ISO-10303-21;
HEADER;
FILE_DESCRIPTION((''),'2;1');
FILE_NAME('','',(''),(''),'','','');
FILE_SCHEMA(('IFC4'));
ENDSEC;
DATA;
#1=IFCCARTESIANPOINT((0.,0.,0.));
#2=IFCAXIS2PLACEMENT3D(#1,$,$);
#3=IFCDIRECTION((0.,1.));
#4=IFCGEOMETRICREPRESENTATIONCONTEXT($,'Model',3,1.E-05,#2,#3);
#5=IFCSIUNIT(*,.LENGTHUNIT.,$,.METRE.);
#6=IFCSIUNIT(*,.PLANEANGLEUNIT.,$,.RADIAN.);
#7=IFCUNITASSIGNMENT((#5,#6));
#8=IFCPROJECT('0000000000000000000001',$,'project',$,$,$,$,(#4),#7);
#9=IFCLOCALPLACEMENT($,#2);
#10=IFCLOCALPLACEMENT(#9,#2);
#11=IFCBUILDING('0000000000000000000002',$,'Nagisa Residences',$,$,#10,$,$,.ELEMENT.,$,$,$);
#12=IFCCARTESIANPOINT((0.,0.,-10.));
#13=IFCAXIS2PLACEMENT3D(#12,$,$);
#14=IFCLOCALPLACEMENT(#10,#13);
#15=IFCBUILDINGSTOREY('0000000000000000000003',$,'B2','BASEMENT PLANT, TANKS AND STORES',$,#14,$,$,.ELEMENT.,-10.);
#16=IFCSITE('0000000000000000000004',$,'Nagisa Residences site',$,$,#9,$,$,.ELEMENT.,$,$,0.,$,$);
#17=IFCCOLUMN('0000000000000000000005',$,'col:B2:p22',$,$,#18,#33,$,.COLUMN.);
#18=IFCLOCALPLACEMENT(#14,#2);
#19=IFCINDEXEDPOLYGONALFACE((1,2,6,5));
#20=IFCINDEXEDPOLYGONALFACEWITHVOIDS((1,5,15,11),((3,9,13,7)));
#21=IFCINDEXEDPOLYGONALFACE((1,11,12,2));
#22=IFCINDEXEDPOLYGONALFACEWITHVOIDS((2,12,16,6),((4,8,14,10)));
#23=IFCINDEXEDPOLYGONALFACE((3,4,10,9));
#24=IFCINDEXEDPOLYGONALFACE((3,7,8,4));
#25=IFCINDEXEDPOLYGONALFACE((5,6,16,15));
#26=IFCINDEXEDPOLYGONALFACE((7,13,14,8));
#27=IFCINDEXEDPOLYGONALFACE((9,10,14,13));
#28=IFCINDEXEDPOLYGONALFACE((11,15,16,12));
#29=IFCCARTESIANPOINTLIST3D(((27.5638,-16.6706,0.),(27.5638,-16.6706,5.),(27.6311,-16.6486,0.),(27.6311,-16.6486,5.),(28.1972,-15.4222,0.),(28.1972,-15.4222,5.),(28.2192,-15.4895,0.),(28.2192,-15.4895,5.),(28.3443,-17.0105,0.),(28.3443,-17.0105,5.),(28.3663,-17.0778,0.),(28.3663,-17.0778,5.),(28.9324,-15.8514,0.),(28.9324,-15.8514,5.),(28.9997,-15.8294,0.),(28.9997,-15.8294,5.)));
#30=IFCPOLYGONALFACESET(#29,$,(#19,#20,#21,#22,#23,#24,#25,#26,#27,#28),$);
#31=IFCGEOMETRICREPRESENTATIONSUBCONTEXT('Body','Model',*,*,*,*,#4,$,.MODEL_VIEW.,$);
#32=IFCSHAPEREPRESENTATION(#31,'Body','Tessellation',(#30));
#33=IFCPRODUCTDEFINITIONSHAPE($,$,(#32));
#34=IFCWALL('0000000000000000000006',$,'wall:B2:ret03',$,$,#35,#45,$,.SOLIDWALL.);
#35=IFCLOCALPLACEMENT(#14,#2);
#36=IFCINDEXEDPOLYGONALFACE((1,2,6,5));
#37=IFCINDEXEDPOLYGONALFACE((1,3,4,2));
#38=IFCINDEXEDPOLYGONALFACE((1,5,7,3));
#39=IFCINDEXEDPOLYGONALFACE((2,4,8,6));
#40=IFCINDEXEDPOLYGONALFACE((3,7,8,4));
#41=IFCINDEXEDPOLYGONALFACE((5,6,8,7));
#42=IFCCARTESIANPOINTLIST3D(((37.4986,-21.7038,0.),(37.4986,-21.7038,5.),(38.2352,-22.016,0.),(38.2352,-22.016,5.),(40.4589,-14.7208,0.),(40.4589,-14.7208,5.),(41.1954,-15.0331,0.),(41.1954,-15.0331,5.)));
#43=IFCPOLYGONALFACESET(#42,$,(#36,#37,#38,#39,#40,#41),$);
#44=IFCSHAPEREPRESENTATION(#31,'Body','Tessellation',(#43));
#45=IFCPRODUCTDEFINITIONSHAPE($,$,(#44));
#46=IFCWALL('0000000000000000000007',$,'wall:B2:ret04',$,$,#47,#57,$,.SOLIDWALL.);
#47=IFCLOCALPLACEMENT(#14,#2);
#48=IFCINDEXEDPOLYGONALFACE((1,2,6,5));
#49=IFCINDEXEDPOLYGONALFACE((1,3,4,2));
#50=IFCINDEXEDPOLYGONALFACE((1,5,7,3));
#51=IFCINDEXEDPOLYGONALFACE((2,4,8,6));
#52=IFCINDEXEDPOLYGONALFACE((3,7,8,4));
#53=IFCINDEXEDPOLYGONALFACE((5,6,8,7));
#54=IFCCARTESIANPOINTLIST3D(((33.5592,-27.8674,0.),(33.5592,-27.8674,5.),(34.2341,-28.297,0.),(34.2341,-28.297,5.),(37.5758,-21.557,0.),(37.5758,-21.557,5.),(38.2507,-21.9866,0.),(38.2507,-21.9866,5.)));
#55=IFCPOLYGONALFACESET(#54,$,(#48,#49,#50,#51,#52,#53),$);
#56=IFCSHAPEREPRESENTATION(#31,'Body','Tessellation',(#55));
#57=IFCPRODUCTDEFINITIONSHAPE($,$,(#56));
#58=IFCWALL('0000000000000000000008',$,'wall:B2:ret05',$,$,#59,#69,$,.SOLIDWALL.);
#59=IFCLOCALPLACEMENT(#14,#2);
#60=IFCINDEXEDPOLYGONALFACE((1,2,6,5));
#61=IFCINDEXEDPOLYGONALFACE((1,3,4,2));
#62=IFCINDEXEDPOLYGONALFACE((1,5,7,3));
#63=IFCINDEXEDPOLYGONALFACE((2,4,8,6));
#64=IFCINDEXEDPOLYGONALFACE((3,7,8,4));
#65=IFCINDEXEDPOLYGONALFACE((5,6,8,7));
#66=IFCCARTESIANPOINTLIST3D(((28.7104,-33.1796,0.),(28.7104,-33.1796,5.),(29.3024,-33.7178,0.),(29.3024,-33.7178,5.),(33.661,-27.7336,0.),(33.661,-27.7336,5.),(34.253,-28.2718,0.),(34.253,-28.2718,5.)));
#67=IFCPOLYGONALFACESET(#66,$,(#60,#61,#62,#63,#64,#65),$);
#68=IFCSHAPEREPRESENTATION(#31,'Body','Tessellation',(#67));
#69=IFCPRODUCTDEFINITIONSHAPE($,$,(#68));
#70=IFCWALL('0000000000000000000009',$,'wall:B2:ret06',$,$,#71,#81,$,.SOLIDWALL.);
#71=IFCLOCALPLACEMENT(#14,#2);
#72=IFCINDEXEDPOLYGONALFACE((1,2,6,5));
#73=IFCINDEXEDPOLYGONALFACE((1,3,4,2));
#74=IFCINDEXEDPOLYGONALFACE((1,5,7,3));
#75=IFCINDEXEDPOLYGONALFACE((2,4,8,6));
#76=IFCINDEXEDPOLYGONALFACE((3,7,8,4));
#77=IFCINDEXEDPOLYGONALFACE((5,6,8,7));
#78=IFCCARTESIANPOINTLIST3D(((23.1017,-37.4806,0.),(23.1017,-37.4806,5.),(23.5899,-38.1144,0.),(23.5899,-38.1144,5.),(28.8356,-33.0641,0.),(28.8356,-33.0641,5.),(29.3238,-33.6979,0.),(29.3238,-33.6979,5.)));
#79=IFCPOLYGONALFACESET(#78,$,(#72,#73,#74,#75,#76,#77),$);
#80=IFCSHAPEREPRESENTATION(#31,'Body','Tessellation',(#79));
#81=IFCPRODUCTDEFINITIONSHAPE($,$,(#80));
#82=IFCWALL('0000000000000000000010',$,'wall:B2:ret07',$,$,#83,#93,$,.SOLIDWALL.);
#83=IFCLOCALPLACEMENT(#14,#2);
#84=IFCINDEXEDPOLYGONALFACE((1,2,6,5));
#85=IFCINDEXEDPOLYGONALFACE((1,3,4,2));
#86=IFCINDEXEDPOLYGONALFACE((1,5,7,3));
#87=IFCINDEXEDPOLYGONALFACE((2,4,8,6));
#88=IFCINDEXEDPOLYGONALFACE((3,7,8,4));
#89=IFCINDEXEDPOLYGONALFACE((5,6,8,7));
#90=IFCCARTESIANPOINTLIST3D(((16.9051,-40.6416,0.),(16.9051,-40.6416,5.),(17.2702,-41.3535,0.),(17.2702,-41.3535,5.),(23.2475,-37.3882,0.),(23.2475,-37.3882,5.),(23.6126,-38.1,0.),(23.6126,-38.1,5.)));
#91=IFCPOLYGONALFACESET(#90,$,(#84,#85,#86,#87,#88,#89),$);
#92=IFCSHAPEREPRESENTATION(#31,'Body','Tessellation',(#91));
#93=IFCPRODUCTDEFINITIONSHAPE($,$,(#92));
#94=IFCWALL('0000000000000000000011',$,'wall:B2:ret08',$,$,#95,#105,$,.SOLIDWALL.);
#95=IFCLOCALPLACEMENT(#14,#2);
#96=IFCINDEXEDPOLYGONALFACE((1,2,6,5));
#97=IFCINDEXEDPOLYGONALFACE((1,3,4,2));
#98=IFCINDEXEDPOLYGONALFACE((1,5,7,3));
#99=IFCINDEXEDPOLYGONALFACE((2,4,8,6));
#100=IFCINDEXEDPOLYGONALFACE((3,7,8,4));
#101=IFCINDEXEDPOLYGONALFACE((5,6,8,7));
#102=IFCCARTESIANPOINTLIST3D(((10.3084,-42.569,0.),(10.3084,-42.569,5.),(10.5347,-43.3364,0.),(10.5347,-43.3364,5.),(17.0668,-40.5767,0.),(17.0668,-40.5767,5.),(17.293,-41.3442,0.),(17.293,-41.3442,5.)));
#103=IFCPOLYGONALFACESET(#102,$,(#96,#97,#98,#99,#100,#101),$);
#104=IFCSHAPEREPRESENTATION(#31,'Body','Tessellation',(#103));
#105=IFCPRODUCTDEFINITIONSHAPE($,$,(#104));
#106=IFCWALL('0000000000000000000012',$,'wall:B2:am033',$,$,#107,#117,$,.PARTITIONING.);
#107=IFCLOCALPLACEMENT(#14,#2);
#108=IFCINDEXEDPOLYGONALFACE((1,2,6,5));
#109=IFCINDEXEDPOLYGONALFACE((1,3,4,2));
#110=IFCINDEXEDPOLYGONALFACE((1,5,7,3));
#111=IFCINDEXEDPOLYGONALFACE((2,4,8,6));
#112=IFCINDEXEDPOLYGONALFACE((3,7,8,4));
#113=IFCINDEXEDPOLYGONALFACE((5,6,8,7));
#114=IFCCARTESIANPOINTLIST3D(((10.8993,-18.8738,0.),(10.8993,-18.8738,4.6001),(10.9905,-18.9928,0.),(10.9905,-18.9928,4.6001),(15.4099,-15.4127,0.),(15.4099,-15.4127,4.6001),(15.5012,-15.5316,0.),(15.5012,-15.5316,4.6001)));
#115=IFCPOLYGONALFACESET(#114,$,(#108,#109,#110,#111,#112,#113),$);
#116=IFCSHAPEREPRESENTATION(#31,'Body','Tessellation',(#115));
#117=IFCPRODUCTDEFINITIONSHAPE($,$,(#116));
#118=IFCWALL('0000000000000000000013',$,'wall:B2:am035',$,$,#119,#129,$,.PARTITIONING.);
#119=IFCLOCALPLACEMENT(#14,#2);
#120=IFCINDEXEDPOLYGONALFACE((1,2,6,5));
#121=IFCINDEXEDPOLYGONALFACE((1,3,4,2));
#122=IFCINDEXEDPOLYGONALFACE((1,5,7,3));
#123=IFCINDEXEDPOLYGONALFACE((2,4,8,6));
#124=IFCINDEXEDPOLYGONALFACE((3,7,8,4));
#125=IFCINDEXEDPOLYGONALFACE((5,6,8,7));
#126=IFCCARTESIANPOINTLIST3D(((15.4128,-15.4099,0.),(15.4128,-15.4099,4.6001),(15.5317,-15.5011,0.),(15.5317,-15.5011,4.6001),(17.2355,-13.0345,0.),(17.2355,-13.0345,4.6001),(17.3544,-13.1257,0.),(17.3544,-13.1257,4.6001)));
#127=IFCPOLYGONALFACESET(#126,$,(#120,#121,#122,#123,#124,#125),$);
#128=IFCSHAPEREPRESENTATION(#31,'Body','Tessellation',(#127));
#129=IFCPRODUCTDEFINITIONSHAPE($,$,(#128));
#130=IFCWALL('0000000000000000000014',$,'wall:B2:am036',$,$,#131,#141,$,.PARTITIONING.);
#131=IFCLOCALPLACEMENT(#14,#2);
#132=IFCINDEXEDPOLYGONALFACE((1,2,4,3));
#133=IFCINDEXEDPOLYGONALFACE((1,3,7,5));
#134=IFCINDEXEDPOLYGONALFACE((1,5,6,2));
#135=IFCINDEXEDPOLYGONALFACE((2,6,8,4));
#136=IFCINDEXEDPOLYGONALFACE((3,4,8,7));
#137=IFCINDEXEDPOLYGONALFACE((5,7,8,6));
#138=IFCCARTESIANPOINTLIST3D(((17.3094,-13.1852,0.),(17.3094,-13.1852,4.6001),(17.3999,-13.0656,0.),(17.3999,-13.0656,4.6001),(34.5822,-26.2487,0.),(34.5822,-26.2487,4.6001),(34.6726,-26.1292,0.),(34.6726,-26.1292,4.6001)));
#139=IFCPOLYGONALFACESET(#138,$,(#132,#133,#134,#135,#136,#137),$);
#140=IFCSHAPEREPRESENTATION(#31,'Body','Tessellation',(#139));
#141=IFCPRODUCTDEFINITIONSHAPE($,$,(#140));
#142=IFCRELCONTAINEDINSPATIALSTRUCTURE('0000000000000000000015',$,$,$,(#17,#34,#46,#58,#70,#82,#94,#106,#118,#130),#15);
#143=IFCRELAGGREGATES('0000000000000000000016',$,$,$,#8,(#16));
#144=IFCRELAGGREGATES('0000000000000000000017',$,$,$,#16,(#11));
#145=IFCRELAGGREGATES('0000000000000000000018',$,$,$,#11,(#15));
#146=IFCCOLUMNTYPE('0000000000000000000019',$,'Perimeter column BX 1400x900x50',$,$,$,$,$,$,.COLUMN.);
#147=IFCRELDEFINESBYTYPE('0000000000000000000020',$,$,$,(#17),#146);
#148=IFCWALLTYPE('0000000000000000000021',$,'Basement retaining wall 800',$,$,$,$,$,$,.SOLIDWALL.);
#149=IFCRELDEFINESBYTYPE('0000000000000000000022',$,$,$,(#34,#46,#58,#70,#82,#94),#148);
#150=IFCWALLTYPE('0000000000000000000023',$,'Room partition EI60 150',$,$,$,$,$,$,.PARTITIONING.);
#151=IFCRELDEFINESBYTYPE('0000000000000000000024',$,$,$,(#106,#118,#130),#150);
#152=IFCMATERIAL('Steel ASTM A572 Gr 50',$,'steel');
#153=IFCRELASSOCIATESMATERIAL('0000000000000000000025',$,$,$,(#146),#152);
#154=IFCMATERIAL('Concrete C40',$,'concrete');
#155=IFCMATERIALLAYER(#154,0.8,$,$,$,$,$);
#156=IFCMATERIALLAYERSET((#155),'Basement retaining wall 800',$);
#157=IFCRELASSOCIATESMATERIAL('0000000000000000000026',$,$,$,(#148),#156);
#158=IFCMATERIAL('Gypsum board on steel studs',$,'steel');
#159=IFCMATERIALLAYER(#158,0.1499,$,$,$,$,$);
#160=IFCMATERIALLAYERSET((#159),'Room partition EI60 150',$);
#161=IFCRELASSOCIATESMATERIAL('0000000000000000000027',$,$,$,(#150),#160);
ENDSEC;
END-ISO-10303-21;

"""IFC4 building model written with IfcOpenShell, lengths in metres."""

from ifc_helpers import new_model, si_unit, direction, frame, frame_2d, origin, origin_2d, place, context, subcontext, project, spatial, rectangle, hollow_rectangle, extrude, material, layer, layer_set, material_profile, profile_set, type_object, element, save


model = new_model("IFC4")

# Units and contexts
model_context = context("Model", 3, precision=1e-05, world=origin(), true_north=direction((0.0, 1.0)))
body_context = subcontext(model_context, "Body", "Model", "MODEL_VIEW")
ifc_project = project(units=[si_unit("LENGTHUNIT", "METRE"), si_unit("PLANEANGLEUNIT", "RADIAN")], contexts=[model_context])

# Site, building, storey
site_placement = place(None, origin())
site = spatial("IfcSite", under=ifc_project, at=site_placement, Name="Nagisa Residences site", CompositionType="ELEMENT", RefElevation=0.0)
building_placement = place(site_placement, origin())
building = spatial("IfcBuilding", under=site, at=building_placement, Name="Nagisa Residences", CompositionType="ELEMENT")
storey_placement = place(building_placement, frame((0.0, 0.0, -10.0)))
storey = spatial("IfcBuildingStorey", under=building, at=storey_placement, Name="B2", Description="BASEMENT PLANT, TANKS AND STORES", CompositionType="ELEMENT", Elevation=-10.0)

# Column
ifc_material_1 = material(Name="Steel ASTM A572 Gr 50", Category="steel")
ifc_material_profile_1 = material_profile(ifc_material_1, hollow_rectangle(XDim=1.3999, YDim=0.8999, WallThickness=0.05, at=origin_2d()), Name="BX 1400x900x50")
ifc_profile_set_1 = profile_set([ifc_material_profile_1], Name="Steel ASTM A572 Gr 50")
column_type_1 = type_object("IfcColumnType", Name="Perimeter column BX 1400x900x50", PredefinedType="COLUMN", material=ifc_profile_set_1)
for number, where, z_axis, x_axis, name in (
    (1, (28.2817, -16.25, 0.0), (0.0, 0.0, 1.0), (0.452463, 0.891783, 0.0), "col:B2:p22"),
):
    element("IfcColumn", number, at=place(storey_placement, frame(where, z_axis=z_axis, x_axis=x_axis)), inside=storey, type_object=column_type_1, Name=name, PredefinedType="COLUMN", context=body_context, shape_type="SweptSolid", body=[
        extrude(hollow_rectangle(XDim=1.3999, YDim=0.8999, WallThickness=0.05, at=origin_2d()), origin(), (0.0, 0.0, 1.0), 5.0),
    ])

# Walls
ifc_material_2 = material(Name="Concrete C40", Category="concrete")
ifc_layer_1 = layer(ifc_material_2, 0.8)
ifc_layer_set_1 = layer_set([ifc_layer_1], Name="Basement retaining wall 800")
wall_type_1 = type_object("IfcWallType", Name="Basement retaining wall 800", PredefinedType="SOLIDWALL", material=ifc_layer_set_1)
wall_1_placement = place(storey_placement, frame((40.8271, -14.877, 0.0), z_axis=(0.0, 0.0, 1.0), x_axis=(-0.390299, -0.920688, 0.0)))
element("IfcWall", 2, at=wall_1_placement, inside=storey, type_object=wall_type_1, Name="wall:B2:ret03", PredefinedType="SOLIDWALL", context=body_context, shape_type="SweptSolid", body=[
    extrude(rectangle(XDim=7.5845, YDim=0.8, at=frame_2d((3.7922, 0.0))), origin(), (0.0, 0.0, 1.0), 5.0),
])
wall_2_placement = place(storey_placement, frame((37.9133, -21.7717, 0.0), z_axis=(0.0, 0.0, 1.0), x_axis=(-0.536966, -0.843604, 0.0)))
element("IfcWall", 3, at=wall_2_placement, inside=storey, type_object=wall_type_1, Name="wall:B2:ret04", PredefinedType="SOLIDWALL", context=body_context, shape_type="SweptSolid", body=[
    extrude(rectangle(XDim=7.4802, YDim=0.8, at=frame_2d((3.7402, 0.0))), origin(), (0.0, 0.0, 1.0), 5.0),
])
wall_3_placement = place(storey_placement, frame((33.957, -28.0027, 0.0), z_axis=(0.0, 0.0, 1.0), x_axis=(-0.672653, -0.739958, 0.0)))
element("IfcWall", 4, at=wall_3_placement, inside=storey, type_object=wall_type_1, Name="wall:B2:ret05", PredefinedType="SOLIDWALL", context=body_context, shape_type="SweptSolid", body=[
    extrude(rectangle(XDim=7.3599, YDim=0.8, at=frame_2d((3.6799, 0.0))), origin(), (0.0, 0.0, 1.0), 5.0),
])
wall_4_placement = place(storey_placement, frame((29.0796, -33.3811, 0.0), z_axis=(0.0, 0.0, 1.0), x_axis=(-0.792235, -0.610216, 0.0)))
element("IfcWall", 5, at=wall_4_placement, inside=storey, type_object=wall_type_1, Name="wall:B2:ret06", PredefinedType="SOLIDWALL", context=body_context, shape_type="SweptSolid", body=[
    extrude(rectangle(XDim=7.2375, YDim=0.8, at=frame_2d((3.6187, 0.0))), origin(), (0.0, 0.0, 1.0), 5.0),
])
wall_5_placement = place(storey_placement, frame((23.4299, -37.7441, 0.0), z_axis=(0.0, 0.0, 1.0), x_axis=(-0.889763, -0.456424, 0.0)))
element("IfcWall", 6, at=wall_5_placement, inside=storey, type_object=wall_type_1, Name="wall:B2:ret07", PredefinedType="SOLIDWALL", context=body_context, shape_type="SweptSolid", body=[
    extrude(rectangle(XDim=7.1282, YDim=0.8, at=frame_2d((3.564, 0.0))), origin(), (0.0, 0.0, 1.0), 5.0),
])
wall_6_placement = place(storey_placement, frame((17.1799, -40.9604, 0.0), z_axis=(0.0, 0.0, 1.0), x_axis=(-0.959194, -0.282748, 0.0)))
element("IfcWall", 7, at=wall_6_placement, inside=storey, type_object=wall_type_1, Name="wall:B2:ret08", PredefinedType="SOLIDWALL", context=body_context, shape_type="SweptSolid", body=[
    extrude(rectangle(XDim=7.0459, YDim=0.8, at=frame_2d((3.5229, 0.0))), origin(), (0.0, 0.0, 1.0), 5.0),
])
ifc_material_3 = material(Name="Gypsum board on steel studs", Category="steel")
ifc_layer_2 = layer(ifc_material_3, 0.1499)
ifc_layer_set_2 = layer_set([ifc_layer_2], Name="Room partition EI60 150")
wall_type_2 = type_object("IfcWallType", Name="Room partition EI60 150", PredefinedType="PARTITIONING", material=ifc_layer_set_2)
wall_7_placement = place(storey_placement, frame((15.4556, -15.4722, 0.0), z_axis=(0.0, 0.0, 1.0), x_axis=(-0.793356, -0.608758, 0.0)))
element("IfcWall", 8, at=wall_7_placement, inside=storey, type_object=wall_type_2, Name="wall:B2:am033", PredefinedType="PARTITIONING", context=body_context, shape_type="SweptSolid", body=[
    extrude(rectangle(XDim=5.6855, YDim=0.1499, at=frame_2d((2.8428, 0.0))), origin(), (0.0, 0.0, 1.0), 4.6001),
])
wall_8_placement = place(storey_placement, frame((17.2949, -13.0801, 0.0), z_axis=(0.0, 0.0, 1.0), x_axis=(-0.608757, -0.793357, 0.0)))
element("IfcWall", 9, at=wall_8_placement, inside=storey, type_object=wall_type_2, Name="wall:B2:am035", PredefinedType="PARTITIONING", context=body_context, shape_type="SweptSolid", body=[
    extrude(rectangle(XDim=2.9941, YDim=0.1499, at=frame_2d((1.4971, 0.0))), origin(), (0.0, 0.0, 1.0), 4.6001),
])
wall_9_placement = place(storey_placement, frame((17.3547, -13.1255, 0.0), z_axis=(0.0, 0.0, 1.0), x_axis=(0.797579, -0.603215, 0.0)))
element("IfcWall", 10, at=wall_9_placement, inside=storey, type_object=wall_type_2, Name="wall:B2:am036", PredefinedType="PARTITIONING", context=body_context, shape_type="SweptSolid", body=[
    extrude(rectangle(XDim=21.6565, YDim=0.1499, at=frame_2d((10.8281, 0.0))), origin(), (0.0, 0.0, 1.0), 4.6001),
])

save(model, "model.ifc")
